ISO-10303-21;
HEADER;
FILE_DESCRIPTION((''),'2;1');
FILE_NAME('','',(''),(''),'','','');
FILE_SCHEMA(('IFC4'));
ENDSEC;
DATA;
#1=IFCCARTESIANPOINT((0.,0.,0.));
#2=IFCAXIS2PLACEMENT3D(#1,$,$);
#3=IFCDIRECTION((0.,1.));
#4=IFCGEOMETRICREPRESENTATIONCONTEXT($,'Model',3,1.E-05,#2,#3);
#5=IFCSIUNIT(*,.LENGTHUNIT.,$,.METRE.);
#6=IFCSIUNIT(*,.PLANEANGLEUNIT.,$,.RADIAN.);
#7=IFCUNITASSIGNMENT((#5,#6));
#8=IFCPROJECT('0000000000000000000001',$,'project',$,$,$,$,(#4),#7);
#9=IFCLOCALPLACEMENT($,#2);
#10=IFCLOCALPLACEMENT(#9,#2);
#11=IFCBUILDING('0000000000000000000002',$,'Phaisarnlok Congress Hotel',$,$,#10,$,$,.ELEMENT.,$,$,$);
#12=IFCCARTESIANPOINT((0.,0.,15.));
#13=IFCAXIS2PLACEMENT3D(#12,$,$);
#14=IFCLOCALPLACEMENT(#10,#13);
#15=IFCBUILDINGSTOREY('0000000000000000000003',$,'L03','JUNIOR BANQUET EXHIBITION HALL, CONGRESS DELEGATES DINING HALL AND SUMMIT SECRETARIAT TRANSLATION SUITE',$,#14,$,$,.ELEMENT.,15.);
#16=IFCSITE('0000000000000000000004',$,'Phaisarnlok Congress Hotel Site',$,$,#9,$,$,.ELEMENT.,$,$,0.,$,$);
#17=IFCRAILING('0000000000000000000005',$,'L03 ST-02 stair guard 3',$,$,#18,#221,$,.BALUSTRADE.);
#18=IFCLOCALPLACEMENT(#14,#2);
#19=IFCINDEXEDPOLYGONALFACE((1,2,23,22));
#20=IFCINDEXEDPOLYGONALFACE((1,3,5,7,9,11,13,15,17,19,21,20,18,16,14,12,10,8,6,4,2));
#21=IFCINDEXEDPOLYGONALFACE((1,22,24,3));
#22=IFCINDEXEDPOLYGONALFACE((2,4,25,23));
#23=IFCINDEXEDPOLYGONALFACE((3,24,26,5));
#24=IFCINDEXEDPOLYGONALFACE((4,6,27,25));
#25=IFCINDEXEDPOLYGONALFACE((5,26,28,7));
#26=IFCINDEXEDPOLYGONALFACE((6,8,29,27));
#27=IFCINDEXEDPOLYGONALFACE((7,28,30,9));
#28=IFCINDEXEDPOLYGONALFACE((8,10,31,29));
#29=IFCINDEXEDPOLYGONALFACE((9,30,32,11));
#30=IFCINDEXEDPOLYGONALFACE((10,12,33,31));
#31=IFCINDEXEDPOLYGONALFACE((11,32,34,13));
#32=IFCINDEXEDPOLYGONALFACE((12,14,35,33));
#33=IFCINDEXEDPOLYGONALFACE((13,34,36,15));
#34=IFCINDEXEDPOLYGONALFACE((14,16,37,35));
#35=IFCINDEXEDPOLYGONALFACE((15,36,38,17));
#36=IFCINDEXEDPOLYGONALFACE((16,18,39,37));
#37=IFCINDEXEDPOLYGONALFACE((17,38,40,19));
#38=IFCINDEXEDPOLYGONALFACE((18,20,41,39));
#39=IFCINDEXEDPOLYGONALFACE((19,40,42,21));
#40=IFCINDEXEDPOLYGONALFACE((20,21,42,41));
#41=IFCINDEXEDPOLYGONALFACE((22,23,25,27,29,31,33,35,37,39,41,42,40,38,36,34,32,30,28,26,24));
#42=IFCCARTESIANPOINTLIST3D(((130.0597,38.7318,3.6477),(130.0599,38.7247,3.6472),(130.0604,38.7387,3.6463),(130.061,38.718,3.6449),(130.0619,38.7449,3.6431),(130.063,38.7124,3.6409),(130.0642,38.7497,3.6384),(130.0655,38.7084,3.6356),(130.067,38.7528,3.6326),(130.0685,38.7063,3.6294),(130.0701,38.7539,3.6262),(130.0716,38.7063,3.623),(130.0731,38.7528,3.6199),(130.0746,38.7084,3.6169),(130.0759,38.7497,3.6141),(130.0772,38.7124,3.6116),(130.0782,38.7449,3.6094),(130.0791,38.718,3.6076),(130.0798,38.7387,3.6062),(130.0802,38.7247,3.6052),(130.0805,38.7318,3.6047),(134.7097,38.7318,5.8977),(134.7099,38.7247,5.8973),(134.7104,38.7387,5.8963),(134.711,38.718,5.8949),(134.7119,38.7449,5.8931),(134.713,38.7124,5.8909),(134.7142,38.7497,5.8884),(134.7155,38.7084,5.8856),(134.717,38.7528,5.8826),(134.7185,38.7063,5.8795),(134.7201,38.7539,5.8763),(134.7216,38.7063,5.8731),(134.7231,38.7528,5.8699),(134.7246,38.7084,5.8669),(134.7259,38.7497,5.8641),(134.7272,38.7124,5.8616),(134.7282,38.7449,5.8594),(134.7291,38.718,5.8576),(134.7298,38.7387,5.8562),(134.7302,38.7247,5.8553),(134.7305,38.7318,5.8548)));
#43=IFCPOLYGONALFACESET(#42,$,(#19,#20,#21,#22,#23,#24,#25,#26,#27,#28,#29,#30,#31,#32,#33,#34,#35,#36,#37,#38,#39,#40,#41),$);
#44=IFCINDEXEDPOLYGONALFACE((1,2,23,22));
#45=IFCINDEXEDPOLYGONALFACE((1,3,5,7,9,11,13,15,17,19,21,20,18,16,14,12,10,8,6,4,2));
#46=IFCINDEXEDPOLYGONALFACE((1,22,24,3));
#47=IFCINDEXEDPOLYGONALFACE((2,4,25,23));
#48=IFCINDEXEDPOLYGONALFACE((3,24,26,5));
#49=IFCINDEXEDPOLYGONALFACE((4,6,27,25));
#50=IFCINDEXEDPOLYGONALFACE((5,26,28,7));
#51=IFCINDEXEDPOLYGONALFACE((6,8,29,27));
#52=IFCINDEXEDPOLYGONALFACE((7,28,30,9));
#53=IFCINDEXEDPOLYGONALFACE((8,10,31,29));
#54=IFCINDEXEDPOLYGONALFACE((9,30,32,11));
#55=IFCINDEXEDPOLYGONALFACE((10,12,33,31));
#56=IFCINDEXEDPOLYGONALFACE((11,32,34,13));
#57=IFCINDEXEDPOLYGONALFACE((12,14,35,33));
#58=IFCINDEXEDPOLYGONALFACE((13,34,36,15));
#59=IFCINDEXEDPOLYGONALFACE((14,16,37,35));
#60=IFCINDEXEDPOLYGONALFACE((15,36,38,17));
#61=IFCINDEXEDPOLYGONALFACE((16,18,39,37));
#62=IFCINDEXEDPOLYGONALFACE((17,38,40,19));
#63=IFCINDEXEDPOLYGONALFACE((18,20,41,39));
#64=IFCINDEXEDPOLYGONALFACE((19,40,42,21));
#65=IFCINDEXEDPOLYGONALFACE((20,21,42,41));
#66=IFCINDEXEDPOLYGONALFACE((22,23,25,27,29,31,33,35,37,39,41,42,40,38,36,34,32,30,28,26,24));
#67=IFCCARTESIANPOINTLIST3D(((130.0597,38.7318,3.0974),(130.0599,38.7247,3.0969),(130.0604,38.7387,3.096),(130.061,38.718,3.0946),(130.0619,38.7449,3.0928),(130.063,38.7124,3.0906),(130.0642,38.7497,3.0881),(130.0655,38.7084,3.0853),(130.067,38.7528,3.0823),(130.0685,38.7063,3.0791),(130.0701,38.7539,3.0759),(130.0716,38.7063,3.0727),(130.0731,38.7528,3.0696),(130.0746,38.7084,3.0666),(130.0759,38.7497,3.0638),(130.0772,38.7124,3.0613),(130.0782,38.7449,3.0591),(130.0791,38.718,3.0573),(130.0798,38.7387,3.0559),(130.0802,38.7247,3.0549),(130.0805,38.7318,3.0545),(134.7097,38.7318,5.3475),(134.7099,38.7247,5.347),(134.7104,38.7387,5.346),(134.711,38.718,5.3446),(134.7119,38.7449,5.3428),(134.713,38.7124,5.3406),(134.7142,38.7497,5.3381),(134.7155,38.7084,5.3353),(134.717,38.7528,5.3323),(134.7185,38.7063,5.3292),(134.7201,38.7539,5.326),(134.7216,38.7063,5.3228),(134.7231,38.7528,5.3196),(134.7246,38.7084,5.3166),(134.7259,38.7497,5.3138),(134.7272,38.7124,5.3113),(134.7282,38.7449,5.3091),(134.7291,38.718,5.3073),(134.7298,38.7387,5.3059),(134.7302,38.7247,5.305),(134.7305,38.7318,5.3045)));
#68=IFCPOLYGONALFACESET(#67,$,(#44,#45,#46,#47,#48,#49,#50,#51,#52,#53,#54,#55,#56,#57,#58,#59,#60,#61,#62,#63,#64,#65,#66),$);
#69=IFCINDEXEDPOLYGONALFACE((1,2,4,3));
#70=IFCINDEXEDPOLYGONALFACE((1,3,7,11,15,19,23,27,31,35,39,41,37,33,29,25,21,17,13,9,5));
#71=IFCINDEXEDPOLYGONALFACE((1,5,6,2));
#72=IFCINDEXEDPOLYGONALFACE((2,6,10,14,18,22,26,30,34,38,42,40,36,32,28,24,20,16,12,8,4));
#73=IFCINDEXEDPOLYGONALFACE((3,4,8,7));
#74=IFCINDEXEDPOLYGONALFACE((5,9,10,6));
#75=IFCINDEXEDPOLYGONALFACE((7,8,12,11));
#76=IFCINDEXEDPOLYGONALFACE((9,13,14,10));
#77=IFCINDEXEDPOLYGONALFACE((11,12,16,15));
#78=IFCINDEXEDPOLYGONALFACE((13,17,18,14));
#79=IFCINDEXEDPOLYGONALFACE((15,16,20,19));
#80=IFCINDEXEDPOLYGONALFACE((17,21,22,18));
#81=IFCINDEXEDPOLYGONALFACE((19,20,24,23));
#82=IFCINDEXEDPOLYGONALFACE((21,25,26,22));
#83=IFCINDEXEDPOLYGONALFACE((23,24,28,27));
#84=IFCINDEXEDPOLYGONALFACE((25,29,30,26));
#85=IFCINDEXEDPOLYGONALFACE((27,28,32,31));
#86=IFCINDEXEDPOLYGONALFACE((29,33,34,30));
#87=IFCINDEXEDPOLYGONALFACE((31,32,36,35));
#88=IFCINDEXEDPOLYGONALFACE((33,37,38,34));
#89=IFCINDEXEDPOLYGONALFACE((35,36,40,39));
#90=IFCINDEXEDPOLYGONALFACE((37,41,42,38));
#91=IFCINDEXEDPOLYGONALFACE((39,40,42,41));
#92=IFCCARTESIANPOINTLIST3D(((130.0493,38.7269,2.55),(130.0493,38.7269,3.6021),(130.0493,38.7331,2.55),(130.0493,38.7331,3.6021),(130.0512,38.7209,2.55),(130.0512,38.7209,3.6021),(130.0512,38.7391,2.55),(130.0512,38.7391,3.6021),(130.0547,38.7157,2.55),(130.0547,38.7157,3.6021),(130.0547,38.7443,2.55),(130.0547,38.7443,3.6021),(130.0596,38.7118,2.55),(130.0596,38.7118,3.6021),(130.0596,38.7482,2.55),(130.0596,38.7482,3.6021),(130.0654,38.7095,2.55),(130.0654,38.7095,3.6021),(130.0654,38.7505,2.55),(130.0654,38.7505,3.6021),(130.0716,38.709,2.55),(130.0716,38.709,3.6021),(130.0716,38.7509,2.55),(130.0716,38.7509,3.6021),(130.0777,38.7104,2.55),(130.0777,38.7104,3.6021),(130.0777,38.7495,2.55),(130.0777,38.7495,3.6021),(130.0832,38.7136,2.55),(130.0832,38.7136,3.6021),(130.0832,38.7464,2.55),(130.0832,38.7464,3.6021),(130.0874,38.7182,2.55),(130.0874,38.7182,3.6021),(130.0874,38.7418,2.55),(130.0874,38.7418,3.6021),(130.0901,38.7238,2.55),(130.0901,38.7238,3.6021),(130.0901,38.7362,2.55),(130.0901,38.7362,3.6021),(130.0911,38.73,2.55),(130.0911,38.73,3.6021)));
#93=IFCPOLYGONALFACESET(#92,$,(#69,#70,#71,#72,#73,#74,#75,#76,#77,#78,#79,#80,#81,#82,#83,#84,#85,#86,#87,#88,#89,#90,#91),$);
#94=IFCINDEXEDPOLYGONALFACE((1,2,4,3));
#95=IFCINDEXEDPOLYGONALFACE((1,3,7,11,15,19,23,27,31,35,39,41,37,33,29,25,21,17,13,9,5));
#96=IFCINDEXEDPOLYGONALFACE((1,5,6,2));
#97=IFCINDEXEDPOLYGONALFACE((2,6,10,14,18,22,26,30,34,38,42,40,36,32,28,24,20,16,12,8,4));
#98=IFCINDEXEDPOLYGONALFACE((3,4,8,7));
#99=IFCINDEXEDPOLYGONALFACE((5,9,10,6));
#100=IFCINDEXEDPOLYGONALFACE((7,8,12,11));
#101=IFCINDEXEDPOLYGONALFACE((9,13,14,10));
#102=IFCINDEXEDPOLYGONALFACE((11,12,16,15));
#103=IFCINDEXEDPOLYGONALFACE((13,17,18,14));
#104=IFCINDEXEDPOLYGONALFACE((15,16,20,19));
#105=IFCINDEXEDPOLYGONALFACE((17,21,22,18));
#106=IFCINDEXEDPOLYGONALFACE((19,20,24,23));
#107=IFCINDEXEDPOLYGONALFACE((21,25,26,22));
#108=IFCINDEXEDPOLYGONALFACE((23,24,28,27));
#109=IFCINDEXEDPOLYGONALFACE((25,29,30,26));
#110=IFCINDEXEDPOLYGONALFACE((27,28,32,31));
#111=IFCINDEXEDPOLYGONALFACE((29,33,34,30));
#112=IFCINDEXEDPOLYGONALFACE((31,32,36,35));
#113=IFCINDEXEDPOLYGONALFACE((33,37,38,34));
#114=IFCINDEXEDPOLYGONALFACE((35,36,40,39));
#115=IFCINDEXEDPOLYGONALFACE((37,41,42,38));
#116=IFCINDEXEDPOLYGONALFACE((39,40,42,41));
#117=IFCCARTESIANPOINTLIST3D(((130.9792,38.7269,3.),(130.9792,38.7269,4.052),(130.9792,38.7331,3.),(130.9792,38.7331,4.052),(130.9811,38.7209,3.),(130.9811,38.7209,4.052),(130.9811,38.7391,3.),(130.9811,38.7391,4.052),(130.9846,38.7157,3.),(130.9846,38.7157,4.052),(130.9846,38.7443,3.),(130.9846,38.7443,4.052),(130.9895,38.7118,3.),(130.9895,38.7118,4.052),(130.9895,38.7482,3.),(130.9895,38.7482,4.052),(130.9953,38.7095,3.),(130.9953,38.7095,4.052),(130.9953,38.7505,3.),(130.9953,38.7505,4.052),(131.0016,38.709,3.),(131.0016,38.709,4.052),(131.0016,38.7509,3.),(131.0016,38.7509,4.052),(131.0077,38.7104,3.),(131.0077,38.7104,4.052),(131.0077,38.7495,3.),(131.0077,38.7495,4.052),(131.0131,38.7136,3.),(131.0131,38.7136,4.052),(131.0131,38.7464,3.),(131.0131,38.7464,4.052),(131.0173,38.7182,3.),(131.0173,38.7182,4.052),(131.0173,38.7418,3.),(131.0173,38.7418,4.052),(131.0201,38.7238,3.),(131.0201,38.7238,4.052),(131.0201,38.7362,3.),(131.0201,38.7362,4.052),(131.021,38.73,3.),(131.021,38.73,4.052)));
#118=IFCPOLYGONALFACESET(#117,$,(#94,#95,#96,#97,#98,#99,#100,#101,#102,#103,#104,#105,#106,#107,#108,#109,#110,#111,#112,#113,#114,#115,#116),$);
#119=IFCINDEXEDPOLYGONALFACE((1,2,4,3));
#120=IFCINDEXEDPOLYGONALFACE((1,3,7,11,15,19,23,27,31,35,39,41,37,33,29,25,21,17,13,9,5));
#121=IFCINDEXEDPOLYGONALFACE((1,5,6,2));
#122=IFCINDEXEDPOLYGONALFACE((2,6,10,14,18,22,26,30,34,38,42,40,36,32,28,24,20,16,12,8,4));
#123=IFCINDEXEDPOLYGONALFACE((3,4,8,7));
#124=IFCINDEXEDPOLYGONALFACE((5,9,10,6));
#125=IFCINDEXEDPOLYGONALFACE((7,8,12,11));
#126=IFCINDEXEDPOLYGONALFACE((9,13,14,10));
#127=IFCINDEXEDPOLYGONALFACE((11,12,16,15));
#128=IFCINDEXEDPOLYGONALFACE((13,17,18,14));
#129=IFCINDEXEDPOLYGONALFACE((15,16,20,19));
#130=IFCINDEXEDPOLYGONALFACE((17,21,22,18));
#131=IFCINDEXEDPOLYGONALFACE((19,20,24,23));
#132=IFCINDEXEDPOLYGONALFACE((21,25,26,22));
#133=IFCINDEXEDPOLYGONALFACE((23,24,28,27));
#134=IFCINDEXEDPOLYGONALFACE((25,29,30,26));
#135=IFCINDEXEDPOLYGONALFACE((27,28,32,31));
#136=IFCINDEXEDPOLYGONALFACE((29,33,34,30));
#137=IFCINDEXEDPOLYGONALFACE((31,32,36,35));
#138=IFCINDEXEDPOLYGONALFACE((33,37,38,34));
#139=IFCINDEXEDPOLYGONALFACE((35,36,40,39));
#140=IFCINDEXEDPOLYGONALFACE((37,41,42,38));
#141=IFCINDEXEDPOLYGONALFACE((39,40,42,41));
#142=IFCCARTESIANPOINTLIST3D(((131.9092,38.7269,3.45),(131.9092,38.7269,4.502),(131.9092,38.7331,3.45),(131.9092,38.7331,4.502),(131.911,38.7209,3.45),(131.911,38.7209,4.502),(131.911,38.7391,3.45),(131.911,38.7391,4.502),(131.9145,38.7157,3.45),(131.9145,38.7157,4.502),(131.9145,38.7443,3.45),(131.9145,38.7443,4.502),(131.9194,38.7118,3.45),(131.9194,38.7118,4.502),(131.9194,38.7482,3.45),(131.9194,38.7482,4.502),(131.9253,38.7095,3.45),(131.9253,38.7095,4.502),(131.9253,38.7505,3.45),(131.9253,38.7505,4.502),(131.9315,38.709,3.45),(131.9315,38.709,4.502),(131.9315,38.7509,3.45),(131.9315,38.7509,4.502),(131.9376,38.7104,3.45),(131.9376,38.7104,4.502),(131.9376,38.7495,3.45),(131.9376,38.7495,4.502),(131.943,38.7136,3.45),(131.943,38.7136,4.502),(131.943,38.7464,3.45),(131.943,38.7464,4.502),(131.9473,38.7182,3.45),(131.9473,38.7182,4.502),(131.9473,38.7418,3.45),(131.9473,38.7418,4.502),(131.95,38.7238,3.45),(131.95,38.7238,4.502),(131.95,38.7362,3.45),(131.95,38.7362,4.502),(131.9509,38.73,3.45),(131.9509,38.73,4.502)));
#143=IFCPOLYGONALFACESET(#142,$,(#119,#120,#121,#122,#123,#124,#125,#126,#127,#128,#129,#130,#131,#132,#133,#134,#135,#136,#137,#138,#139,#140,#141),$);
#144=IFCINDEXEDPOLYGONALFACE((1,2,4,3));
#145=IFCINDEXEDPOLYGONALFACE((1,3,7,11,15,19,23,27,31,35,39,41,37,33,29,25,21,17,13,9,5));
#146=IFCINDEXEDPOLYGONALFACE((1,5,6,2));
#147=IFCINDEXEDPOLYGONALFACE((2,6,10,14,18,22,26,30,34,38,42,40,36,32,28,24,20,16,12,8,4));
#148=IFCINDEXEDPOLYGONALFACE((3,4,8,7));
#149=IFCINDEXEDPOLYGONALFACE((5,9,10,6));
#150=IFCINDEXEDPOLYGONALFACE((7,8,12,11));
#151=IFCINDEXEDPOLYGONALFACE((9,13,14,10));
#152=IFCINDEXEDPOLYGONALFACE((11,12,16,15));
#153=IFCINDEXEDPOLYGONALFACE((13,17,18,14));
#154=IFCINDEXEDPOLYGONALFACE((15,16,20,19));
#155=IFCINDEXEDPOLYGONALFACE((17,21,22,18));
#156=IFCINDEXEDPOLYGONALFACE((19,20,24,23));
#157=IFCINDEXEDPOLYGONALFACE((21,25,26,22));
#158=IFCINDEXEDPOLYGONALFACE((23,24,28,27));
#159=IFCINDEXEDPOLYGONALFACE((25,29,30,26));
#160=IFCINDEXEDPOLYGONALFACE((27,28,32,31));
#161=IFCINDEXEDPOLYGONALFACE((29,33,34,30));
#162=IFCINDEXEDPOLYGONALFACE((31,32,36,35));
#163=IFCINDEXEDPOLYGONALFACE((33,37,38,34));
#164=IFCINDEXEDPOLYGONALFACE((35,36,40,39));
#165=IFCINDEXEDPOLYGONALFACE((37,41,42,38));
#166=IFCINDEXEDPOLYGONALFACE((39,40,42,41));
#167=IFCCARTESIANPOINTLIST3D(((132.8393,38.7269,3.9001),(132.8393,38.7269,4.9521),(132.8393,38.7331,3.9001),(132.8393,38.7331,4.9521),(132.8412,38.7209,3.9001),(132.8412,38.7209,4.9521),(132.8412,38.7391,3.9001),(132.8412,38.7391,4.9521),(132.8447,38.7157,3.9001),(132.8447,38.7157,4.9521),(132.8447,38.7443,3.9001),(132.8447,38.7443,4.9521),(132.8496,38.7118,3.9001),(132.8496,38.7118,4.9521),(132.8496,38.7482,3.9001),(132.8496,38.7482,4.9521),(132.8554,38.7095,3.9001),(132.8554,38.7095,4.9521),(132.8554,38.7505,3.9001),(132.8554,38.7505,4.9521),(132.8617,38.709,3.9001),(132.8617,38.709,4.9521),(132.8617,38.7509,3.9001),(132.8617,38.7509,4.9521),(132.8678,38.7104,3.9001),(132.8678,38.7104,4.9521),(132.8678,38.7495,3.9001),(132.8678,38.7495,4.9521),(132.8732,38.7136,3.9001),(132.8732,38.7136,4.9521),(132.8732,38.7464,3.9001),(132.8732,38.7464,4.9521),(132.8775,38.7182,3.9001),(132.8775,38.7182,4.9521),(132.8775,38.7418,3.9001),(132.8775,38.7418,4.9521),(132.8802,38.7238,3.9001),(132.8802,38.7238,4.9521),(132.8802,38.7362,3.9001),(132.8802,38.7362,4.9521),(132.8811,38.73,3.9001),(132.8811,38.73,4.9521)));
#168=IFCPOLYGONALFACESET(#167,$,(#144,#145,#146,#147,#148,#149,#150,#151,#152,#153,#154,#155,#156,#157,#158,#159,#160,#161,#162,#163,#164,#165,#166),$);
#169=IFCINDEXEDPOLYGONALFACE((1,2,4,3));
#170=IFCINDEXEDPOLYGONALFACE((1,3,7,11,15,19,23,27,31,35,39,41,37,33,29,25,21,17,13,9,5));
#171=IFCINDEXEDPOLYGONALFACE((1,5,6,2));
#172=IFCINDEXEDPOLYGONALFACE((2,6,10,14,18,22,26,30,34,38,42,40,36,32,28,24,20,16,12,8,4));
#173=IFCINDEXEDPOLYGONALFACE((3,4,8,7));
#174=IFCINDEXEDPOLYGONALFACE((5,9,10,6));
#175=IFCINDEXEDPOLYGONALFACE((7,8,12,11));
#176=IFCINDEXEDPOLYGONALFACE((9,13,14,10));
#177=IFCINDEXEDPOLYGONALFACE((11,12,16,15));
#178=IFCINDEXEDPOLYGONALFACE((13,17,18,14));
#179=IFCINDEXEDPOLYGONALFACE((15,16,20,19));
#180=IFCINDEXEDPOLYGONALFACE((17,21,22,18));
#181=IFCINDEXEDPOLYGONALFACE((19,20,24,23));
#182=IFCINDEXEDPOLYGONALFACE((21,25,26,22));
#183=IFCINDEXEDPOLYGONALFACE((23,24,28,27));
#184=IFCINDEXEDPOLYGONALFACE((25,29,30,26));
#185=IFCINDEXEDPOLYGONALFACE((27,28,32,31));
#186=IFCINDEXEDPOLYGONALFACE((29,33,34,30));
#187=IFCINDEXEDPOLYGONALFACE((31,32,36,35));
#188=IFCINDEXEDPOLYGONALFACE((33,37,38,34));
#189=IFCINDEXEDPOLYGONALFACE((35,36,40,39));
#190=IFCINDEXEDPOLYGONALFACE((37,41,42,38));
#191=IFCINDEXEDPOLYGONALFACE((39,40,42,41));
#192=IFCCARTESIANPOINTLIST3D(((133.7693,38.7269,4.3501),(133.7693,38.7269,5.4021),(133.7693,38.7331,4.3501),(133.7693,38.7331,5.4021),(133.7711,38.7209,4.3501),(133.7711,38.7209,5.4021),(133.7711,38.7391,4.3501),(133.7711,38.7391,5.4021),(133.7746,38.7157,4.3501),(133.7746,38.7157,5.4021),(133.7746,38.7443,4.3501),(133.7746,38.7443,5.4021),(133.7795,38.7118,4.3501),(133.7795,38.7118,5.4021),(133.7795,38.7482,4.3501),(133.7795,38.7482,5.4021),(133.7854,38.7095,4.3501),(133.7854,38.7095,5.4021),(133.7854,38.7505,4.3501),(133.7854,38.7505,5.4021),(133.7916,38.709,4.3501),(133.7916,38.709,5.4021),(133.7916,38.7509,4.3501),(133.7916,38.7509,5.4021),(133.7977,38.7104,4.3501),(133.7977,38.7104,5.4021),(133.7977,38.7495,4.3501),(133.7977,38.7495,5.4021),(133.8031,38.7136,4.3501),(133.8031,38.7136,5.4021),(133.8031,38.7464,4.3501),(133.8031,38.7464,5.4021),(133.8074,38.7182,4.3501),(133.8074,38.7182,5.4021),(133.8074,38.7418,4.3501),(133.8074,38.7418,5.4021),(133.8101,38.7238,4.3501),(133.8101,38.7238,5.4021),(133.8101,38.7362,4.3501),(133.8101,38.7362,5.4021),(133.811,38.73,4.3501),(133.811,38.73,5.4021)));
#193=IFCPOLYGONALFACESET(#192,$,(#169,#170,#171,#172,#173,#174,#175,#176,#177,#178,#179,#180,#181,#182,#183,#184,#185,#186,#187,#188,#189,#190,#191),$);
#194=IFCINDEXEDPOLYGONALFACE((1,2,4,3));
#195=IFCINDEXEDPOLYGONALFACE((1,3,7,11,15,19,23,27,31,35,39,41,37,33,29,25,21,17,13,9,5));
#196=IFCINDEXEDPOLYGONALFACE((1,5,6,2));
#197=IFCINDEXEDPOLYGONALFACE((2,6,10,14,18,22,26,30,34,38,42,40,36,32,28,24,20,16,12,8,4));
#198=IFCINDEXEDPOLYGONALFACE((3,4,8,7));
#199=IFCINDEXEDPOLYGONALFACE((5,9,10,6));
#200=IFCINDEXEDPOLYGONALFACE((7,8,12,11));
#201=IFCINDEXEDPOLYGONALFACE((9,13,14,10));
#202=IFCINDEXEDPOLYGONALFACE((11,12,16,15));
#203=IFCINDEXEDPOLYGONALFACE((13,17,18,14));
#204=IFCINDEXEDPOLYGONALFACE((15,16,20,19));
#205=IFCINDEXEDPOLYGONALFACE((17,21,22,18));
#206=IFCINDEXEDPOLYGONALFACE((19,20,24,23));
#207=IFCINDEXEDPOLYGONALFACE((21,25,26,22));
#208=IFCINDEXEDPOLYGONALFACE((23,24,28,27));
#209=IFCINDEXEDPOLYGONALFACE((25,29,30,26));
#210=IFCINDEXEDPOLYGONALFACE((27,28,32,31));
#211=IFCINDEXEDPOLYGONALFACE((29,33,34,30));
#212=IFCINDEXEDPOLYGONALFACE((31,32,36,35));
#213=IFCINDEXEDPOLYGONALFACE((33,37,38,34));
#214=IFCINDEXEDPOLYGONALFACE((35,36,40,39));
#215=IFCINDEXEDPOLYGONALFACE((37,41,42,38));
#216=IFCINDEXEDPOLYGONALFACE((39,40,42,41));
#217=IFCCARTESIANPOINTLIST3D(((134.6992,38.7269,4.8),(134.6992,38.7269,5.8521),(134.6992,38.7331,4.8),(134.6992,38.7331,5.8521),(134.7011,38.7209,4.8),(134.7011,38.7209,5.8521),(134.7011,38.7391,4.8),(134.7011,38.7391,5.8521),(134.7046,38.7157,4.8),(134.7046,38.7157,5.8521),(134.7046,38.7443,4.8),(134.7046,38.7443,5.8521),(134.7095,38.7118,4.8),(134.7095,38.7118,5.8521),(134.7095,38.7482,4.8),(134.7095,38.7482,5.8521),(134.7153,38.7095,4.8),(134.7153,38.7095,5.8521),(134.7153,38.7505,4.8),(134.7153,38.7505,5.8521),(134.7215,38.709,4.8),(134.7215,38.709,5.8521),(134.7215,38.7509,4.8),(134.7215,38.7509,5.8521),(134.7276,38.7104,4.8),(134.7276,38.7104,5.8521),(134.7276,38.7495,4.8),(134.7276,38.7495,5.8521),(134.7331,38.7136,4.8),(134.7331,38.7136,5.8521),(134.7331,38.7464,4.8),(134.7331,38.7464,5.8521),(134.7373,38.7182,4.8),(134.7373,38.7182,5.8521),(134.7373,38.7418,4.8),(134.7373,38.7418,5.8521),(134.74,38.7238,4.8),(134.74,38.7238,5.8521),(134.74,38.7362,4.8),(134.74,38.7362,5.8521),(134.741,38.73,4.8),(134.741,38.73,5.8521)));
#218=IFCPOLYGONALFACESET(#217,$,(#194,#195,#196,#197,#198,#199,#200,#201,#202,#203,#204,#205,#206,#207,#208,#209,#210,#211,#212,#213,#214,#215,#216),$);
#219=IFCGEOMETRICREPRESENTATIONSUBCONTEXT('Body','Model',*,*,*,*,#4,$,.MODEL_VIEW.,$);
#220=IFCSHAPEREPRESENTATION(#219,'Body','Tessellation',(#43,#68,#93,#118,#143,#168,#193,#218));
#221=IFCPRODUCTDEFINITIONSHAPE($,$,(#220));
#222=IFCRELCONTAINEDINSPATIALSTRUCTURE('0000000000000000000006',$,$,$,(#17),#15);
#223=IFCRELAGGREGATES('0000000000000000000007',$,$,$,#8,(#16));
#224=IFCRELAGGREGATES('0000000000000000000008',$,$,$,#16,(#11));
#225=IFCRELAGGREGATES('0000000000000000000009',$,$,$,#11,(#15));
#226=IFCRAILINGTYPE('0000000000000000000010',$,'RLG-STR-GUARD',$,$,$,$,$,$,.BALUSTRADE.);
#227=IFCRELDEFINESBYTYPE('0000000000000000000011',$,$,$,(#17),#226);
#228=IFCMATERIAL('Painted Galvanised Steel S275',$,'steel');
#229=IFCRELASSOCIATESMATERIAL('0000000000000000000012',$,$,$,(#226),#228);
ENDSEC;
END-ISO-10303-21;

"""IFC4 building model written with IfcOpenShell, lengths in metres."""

from ifc_helpers import new_model, si_unit, direction, frame, origin, origin_2d, place, context, subcontext, project, spatial, circle, extrude, material, type_object, element, save


model = new_model("IFC4")

# Units and contexts
model_context = context("Model", 3, precision=1e-05, world=origin(), true_north=direction((0.0, 1.0)))
body_context = subcontext(model_context, "Body", "Model", "MODEL_VIEW")
ifc_project = project(units=[si_unit("LENGTHUNIT", "METRE"), si_unit("PLANEANGLEUNIT", "RADIAN")], contexts=[model_context])

# Site, building, storey
site_placement = place(None, origin())
site = spatial("IfcSite", under=ifc_project, at=site_placement, Name="Phaisarnlok Congress Hotel Site", CompositionType="ELEMENT", RefElevation=0.0)
building_placement = place(site_placement, origin())
building = spatial("IfcBuilding", under=site, at=building_placement, Name="Phaisarnlok Congress Hotel", CompositionType="ELEMENT")
storey_placement = place(building_placement, frame((0.0, 0.0, 15.0)))
storey = spatial("IfcBuildingStorey", under=building, at=storey_placement, Name="L03", Description="JUNIOR BANQUET EXHIBITION HALL, CONGRESS DELEGATES DINING HALL AND SUMMIT SECRETARIAT TRANSLATION SUITE", CompositionType="ELEMENT", Elevation=15.0)

# Railing
ifc_material_1 = material(Name="Painted Galvanised Steel S275", Category="steel")
railing_type_1 = type_object("IfcRailingType", Name="RLG-STR-GUARD", PredefinedType="BALUSTRADE", material=ifc_material_1)
railing_1_placement = place(storey_placement, frame((130.0701, 38.73, 2.55)))
element("IfcRailing", 1, at=railing_1_placement, inside=storey, type_object=railing_type_1, Name="L03 ST-02 stair guard 3", PredefinedType="BALUSTRADE", context=body_context, shape_type="SweptSolid", body=[
    extrude(circle(Radius=0.0239, at=origin_2d()), frame((0.0, 0.0, 1.0762), z_axis=(0.900156, 0.0, 0.435568), x_axis=(0.0, 1.0, 0.0)), (0.0, 0.0, 1.0), 5.1658),
    extrude(circle(Radius=0.0239, at=origin_2d()), frame((0.0, 0.0, 0.5259), z_axis=(0.900156, 0.0, 0.435568), x_axis=(0.0, 1.0, 0.0)), (0.0, 0.0, 1.0), 5.1658),
    extrude(circle(Radius=0.021, at=origin_2d()), origin(), (0.0, 0.0, 1.0), 1.052),
    extrude(circle(Radius=0.021, at=origin_2d()), frame((0.9299, 0.0, 0.45)), (0.0, 0.0, 1.0), 1.052),
    extrude(circle(Radius=0.021, at=origin_2d()), frame((1.8599, 0.0, 0.8999)), (0.0, 0.0, 1.0), 1.052),
    extrude(circle(Radius=0.021, at=origin_2d()), frame((2.79, 0.0, 1.3501)), (0.0, 0.0, 1.0), 1.052),
    extrude(circle(Radius=0.021, at=origin_2d()), frame((3.72, 0.0, 1.8)), (0.0, 0.0, 1.0), 1.052),
    extrude(circle(Radius=0.021, at=origin_2d()), frame((4.6499, 0.0, 2.25)), (0.0, 0.0, 1.0), 1.052),
])

save(model, "model.ifc")
